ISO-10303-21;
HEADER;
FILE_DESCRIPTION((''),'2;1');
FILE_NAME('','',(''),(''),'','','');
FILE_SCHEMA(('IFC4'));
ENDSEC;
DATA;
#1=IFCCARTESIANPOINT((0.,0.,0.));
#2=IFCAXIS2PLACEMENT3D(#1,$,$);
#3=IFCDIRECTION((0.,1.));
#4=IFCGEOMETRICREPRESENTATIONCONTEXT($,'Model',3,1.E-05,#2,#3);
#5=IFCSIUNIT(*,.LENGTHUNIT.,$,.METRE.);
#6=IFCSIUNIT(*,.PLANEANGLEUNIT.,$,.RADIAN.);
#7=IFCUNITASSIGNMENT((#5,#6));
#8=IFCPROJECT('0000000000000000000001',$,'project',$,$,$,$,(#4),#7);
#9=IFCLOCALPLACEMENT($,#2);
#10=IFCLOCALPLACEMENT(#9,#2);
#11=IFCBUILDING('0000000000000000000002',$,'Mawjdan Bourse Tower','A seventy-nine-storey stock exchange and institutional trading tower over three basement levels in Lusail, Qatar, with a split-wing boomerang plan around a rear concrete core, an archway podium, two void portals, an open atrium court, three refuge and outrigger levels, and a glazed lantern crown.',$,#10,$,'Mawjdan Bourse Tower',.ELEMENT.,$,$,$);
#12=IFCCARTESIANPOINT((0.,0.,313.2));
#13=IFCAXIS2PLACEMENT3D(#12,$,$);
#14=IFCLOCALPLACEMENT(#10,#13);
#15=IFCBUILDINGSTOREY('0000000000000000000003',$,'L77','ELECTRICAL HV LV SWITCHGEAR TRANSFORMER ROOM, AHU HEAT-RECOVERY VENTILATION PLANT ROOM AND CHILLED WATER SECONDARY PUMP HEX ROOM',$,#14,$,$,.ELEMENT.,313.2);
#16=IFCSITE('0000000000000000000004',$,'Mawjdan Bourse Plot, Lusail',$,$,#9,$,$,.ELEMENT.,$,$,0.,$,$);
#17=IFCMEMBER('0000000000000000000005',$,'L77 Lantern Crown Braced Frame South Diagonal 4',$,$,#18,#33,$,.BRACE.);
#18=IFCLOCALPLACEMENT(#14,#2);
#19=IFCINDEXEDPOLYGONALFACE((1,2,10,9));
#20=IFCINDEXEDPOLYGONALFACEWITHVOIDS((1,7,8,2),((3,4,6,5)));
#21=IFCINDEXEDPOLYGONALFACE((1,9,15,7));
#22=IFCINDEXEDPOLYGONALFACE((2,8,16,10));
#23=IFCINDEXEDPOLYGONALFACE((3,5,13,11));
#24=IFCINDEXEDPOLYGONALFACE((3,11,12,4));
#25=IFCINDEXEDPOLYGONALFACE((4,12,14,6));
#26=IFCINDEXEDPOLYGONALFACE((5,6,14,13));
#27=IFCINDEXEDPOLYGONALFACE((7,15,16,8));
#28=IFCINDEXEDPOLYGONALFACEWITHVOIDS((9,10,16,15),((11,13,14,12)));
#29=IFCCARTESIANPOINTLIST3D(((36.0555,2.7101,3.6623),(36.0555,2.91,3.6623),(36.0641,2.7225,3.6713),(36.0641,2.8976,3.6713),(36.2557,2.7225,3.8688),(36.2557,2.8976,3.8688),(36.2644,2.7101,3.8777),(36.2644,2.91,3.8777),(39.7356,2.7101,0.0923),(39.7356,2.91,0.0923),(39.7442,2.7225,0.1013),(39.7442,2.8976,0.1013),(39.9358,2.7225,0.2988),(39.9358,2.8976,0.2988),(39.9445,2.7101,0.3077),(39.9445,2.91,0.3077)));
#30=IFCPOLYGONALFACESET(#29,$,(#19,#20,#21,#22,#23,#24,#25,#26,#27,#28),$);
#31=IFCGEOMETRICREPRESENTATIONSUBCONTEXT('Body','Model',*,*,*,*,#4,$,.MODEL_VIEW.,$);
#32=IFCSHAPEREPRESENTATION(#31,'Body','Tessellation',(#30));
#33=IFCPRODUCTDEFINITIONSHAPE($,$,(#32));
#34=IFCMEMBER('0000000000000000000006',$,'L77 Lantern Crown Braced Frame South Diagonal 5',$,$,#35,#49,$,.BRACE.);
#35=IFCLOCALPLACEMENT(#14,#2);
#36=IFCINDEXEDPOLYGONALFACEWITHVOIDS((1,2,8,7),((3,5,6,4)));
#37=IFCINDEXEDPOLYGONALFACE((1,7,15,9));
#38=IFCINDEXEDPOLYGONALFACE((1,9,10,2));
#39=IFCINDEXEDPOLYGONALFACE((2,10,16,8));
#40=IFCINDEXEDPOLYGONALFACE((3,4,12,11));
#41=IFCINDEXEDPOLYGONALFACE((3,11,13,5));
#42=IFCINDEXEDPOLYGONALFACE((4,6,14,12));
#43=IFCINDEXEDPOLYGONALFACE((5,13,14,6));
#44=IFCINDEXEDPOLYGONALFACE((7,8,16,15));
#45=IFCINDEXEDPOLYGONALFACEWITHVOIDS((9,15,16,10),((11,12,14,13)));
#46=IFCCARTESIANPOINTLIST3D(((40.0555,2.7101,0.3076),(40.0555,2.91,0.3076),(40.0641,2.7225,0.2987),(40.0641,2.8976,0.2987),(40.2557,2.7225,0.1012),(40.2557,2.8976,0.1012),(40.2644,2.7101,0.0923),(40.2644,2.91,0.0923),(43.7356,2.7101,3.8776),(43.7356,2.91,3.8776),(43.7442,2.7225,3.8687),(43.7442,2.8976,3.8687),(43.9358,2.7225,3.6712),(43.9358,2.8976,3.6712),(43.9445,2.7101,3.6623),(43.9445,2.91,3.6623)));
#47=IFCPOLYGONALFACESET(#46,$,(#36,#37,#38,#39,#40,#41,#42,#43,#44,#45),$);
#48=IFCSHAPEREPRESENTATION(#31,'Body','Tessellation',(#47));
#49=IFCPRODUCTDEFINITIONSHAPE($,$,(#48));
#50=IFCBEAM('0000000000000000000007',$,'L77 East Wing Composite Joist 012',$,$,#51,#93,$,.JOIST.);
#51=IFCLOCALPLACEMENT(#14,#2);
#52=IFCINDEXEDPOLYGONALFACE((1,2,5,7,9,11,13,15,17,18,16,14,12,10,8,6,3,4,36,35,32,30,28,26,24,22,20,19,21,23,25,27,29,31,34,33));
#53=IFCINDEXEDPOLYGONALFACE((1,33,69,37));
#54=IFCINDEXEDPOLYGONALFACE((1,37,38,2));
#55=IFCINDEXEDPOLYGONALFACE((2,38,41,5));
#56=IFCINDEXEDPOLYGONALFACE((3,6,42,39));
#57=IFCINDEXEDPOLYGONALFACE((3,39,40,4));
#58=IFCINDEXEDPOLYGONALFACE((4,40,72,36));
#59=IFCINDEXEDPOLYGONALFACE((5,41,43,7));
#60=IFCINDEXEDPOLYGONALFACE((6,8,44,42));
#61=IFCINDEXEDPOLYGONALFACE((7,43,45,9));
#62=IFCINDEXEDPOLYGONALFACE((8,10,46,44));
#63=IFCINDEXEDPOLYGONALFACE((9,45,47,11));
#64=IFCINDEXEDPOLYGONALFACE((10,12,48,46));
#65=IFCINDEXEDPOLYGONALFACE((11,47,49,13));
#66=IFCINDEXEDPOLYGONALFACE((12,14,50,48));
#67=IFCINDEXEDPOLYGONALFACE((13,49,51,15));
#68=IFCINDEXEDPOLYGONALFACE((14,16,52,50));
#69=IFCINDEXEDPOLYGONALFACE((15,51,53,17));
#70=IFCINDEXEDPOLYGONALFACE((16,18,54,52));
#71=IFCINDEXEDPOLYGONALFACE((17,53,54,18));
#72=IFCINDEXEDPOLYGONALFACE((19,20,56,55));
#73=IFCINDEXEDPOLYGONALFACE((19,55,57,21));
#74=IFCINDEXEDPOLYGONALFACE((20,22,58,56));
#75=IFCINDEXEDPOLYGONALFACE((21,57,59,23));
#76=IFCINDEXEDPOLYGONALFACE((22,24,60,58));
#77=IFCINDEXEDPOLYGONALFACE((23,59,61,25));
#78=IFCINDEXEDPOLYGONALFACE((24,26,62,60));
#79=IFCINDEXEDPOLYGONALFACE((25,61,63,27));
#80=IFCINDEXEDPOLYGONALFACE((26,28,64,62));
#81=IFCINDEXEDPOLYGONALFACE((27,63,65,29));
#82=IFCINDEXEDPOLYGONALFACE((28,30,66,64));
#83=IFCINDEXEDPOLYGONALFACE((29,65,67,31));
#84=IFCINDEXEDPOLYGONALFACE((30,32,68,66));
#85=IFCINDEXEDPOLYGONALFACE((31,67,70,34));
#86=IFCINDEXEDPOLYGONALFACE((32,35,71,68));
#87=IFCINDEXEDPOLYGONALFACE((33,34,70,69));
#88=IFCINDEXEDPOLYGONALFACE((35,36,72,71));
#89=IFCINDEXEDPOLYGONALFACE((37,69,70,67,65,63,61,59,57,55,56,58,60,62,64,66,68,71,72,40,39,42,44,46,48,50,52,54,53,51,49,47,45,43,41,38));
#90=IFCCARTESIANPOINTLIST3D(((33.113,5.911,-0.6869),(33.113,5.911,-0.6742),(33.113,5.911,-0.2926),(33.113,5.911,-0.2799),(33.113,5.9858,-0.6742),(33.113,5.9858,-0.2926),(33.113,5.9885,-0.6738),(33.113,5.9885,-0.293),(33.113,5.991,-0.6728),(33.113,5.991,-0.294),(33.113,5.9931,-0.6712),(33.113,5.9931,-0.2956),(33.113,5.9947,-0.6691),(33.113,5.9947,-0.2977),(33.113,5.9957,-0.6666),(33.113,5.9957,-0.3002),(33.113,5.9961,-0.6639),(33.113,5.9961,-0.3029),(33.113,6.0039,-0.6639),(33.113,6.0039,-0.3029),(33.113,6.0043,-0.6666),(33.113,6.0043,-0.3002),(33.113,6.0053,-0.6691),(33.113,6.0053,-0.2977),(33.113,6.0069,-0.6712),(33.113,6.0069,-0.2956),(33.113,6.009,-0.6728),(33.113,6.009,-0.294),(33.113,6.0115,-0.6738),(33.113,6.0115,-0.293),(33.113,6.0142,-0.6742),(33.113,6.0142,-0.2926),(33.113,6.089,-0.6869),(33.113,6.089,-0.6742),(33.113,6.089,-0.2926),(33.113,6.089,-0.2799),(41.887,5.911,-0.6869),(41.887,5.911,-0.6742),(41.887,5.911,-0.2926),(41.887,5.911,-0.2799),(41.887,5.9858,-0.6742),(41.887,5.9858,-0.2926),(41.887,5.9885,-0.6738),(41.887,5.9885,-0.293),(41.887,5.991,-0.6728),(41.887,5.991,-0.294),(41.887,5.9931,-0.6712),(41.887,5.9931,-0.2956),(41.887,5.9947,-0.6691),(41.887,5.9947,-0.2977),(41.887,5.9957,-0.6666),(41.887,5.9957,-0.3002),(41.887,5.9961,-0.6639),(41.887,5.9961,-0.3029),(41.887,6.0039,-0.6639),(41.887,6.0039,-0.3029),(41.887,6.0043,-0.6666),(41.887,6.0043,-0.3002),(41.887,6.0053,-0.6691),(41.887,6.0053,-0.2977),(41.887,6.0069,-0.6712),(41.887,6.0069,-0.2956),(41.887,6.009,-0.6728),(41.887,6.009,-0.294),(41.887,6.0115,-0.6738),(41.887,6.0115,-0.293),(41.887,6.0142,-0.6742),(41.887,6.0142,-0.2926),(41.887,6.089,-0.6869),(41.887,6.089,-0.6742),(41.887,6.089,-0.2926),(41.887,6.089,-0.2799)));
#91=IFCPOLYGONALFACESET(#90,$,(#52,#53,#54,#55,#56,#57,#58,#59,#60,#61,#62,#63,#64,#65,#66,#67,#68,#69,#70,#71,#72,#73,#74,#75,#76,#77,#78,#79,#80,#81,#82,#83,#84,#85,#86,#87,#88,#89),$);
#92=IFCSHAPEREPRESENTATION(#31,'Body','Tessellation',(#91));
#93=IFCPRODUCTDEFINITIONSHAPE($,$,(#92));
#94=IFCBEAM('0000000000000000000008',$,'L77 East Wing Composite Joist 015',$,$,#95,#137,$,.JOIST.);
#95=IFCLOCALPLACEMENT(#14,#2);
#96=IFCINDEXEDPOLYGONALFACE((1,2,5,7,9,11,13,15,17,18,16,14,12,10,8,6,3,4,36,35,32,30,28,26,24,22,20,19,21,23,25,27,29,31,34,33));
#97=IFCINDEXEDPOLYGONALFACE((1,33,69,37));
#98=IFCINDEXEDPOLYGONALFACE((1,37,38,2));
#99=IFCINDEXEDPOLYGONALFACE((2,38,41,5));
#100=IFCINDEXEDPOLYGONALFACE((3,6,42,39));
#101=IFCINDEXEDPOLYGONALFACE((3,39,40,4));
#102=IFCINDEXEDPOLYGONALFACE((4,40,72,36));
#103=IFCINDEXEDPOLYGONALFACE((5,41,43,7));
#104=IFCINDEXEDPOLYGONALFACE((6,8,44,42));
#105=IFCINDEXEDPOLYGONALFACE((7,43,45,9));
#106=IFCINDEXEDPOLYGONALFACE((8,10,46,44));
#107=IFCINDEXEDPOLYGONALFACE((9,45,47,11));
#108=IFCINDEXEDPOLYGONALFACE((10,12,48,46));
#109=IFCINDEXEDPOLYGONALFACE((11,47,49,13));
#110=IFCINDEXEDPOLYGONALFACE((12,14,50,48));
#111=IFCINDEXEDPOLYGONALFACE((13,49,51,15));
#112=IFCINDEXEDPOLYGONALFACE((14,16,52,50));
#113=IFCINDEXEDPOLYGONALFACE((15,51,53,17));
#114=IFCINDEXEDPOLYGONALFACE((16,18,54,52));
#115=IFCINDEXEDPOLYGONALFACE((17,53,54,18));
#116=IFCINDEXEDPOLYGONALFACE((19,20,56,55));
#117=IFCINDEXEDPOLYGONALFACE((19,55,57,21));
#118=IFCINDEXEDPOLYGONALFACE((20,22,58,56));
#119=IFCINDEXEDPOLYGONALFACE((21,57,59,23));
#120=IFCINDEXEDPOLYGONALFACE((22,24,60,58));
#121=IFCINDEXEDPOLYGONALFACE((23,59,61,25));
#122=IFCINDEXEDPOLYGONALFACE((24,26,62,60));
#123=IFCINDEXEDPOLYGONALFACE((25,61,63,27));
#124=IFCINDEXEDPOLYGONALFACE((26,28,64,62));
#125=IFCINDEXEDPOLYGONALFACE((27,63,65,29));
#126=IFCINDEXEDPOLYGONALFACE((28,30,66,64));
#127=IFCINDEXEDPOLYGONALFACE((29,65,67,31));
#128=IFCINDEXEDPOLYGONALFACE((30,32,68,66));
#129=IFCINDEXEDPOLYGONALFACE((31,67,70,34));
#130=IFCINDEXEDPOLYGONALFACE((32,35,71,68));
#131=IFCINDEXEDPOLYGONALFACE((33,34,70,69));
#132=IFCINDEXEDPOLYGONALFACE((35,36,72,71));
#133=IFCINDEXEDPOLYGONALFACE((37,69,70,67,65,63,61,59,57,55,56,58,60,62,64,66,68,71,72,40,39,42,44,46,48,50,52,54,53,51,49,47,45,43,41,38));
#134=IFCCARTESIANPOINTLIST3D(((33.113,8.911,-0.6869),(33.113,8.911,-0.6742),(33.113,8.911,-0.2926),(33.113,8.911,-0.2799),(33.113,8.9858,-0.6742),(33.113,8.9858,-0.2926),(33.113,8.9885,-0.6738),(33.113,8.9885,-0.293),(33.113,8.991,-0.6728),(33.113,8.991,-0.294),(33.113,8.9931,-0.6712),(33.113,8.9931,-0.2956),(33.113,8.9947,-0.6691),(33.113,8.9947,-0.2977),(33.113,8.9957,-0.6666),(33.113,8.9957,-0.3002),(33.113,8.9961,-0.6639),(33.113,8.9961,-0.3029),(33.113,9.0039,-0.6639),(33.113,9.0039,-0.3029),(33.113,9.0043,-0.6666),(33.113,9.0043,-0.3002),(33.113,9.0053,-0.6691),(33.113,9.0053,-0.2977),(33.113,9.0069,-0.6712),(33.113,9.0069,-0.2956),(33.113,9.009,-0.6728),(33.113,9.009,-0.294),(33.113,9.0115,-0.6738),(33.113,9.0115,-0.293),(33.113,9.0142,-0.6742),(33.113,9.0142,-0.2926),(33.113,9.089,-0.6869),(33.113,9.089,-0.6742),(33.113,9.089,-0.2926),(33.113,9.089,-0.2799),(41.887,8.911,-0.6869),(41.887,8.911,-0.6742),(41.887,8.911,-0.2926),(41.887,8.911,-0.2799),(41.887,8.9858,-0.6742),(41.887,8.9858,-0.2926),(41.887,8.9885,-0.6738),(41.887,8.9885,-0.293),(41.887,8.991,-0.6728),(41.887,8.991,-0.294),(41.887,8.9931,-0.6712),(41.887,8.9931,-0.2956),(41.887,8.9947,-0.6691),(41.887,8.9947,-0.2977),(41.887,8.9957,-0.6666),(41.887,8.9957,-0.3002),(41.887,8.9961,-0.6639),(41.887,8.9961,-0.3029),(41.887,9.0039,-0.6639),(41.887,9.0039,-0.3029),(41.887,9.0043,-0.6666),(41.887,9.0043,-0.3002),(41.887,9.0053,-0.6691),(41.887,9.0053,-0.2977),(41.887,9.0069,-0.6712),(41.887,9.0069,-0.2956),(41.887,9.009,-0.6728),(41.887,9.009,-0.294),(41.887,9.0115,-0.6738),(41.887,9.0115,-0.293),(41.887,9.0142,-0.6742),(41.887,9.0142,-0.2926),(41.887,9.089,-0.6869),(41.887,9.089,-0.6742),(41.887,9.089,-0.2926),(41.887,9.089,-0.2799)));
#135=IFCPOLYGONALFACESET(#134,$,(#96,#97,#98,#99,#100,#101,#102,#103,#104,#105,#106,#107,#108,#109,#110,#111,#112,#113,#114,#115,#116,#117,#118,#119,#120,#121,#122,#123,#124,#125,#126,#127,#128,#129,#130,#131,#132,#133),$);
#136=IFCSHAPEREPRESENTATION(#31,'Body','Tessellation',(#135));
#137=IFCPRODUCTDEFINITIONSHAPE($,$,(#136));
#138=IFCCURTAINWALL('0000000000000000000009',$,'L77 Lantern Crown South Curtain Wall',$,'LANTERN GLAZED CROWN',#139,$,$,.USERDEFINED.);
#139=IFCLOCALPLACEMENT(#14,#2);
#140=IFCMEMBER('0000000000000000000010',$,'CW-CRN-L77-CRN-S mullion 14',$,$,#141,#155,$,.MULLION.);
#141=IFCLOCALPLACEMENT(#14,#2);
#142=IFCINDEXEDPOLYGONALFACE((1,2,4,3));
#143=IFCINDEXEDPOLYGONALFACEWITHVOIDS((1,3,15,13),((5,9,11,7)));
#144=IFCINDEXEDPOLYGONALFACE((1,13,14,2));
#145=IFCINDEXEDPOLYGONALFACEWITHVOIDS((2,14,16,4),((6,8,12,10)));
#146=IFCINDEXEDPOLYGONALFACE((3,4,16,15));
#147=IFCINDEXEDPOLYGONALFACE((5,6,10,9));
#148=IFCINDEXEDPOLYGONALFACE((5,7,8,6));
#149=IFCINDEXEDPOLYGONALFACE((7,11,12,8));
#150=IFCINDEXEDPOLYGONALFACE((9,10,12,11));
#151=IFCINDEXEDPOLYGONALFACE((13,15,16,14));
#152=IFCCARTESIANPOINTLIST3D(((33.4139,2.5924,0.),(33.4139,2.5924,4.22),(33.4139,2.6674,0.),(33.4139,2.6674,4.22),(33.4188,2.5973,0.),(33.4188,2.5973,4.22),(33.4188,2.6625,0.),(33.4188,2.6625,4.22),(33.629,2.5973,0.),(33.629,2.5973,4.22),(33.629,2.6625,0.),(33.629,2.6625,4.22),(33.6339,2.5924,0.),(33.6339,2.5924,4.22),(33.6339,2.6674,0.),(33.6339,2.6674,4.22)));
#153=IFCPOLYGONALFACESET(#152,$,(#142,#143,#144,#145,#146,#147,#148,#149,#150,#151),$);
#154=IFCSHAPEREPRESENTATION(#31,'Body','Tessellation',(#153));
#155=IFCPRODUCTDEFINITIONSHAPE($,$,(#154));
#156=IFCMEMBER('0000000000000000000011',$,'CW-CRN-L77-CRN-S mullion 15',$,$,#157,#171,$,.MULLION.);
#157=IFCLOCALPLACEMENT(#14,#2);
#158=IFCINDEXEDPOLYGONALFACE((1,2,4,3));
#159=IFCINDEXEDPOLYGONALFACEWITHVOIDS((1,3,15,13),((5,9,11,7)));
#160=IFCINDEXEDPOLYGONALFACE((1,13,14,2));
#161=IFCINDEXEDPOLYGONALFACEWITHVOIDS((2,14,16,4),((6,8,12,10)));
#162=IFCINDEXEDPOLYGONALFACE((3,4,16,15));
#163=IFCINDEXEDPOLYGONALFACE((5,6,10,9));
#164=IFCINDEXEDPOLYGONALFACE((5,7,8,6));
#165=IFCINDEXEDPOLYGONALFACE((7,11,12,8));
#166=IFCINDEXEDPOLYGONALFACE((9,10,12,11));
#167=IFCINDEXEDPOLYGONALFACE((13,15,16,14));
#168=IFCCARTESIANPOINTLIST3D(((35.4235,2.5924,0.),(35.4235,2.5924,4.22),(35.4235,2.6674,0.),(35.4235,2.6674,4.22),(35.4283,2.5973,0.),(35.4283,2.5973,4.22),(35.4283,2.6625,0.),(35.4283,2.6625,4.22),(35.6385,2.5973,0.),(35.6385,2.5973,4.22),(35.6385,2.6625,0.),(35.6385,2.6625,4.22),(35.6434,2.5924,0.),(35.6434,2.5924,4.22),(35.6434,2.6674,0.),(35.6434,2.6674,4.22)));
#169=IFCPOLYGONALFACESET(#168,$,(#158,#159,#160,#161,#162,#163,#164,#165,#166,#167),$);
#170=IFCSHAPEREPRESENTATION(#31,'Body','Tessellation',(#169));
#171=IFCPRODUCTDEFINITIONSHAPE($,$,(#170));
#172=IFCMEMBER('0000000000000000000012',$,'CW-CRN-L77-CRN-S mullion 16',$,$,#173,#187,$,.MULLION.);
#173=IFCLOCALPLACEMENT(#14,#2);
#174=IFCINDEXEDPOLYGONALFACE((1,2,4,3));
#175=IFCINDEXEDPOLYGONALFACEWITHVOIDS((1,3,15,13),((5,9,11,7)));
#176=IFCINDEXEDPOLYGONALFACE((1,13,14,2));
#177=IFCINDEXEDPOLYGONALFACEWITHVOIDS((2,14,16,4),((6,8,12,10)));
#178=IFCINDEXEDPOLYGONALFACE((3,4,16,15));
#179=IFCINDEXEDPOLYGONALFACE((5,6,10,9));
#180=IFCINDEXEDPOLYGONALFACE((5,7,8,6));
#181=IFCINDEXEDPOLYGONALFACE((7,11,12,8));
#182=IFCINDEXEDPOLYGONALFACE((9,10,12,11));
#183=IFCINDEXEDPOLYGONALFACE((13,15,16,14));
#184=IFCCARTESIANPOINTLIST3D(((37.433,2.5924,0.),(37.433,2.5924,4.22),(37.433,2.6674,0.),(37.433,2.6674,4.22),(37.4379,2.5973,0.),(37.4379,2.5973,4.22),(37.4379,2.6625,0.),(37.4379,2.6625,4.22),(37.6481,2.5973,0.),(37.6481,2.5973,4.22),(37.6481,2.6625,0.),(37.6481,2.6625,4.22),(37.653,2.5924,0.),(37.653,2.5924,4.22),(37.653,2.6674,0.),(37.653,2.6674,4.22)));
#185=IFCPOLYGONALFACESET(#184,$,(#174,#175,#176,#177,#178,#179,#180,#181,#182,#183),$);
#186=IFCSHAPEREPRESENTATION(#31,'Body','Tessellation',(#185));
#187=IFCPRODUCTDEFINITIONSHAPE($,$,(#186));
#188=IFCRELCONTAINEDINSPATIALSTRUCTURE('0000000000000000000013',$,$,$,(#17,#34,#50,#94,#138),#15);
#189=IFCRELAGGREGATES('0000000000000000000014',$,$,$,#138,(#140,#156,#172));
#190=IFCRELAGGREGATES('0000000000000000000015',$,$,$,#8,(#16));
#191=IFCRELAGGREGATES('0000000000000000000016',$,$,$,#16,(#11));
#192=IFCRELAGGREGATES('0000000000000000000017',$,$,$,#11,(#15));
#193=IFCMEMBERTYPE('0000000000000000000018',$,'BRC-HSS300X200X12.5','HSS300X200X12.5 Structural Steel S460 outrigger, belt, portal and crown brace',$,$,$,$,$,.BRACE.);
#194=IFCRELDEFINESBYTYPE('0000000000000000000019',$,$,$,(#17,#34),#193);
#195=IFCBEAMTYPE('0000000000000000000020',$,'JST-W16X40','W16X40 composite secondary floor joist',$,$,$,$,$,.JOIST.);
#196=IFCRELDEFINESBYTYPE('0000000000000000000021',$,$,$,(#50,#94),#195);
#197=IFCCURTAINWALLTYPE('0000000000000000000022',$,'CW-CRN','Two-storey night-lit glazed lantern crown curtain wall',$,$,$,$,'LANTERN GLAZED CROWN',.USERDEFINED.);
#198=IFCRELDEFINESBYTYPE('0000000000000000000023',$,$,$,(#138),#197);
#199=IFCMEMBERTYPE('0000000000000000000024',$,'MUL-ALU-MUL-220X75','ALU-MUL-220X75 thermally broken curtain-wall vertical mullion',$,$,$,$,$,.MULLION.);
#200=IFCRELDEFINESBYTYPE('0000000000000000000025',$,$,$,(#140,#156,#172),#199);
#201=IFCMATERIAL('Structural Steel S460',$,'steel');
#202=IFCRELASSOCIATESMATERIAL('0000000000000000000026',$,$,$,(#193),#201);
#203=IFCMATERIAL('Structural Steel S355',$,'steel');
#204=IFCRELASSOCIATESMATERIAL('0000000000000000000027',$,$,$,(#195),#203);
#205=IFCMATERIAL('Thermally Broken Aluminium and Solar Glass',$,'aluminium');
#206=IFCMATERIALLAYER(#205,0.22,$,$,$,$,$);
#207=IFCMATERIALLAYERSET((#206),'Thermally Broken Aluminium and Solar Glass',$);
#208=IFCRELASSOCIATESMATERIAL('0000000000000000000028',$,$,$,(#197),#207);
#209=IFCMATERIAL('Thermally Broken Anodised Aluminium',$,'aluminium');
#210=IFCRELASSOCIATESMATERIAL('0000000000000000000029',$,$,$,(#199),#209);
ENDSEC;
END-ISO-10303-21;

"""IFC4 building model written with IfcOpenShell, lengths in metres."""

from ifc_helpers import new_model, si_unit, direction, frame, origin, origin_2d, place, context, subcontext, project, spatial, hollow_rectangle, i_section, extrude, material, layer, layer_set, material_profile, profile_set, type_object, element, aggregate, save


model = new_model("IFC4")

# Units and contexts
model_context = context("Model", 3, precision=1e-05, world=origin(), true_north=direction((0.0, 1.0)))
body_context = subcontext(model_context, "Body", "Model", "MODEL_VIEW")
ifc_project = project(units=[si_unit("LENGTHUNIT", "METRE"), si_unit("PLANEANGLEUNIT", "RADIAN")], contexts=[model_context])

# Site, building, storey
site_placement = place(None, origin())
site = spatial("IfcSite", under=ifc_project, at=site_placement, Name="Mawjdan Bourse Plot, Lusail", CompositionType="ELEMENT", RefElevation=0.0)
building_placement = place(site_placement, origin())
building = spatial("IfcBuilding", under=site, at=building_placement, Name="Mawjdan Bourse Tower", Description="A seventy-nine-storey stock exchange and institutional trading tower over three basement levels in Lusail, Qatar, with a split-wing boomerang plan around a rear concrete core, an archway podium, two void portals, an open atrium court, three refuge and outrigger levels, and a glazed lantern crown.", LongName="Mawjdan Bourse Tower", CompositionType="ELEMENT")
storey_placement = place(building_placement, frame((0.0, 0.0, 313.2)))
storey = spatial("IfcBuildingStorey", under=building, at=storey_placement, Name="L77", Description="ELECTRICAL HV LV SWITCHGEAR TRANSFORMER ROOM, AHU HEAT-RECOVERY VENTILATION PLANT ROOM AND CHILLED WATER SECONDARY PUMP HEX ROOM", CompositionType="ELEMENT", Elevation=313.2)

# Members
ifc_material_1 = material(Name="Structural Steel S460", Category="steel")
ifc_material_profile_1 = material_profile(ifc_material_1, hollow_rectangle(XDim=0.2, YDim=0.3, WallThickness=0.0125, at=origin_2d()), Name="HSS300X200X12.5")
ifc_profile_set_1 = profile_set([ifc_material_profile_1], Name="Structural Steel S460")
member_type_1 = type_object("IfcMemberType", Name="BRC-HSS300X200X12.5", Description="HSS300X200X12.5 Structural Steel S460 outrigger, belt, portal and crown brace", PredefinedType="BRACE", material=ifc_profile_set_1)
for number, where, z_axis, x_axis, name in (
    (1, (36.1599, 2.8101, 3.77), (0.717763, 0.0, -0.696288), (0.0, 1.0, 0.0), "L77 Lantern Crown Braced Frame South Diagonal 4"),
    (2, (40.1599, 2.8101, 0.2), (0.717763, 0.0, 0.696288), (0.0, 1.0, 0.0), "L77 Lantern Crown Braced Frame South Diagonal 5"),
):
    element("IfcMember", number, at=place(storey_placement, frame(where, z_axis=z_axis, x_axis=x_axis)), inside=storey, type_object=member_type_1, Name=name, PredefinedType="BRACE", context=body_context, shape_type="SweptSolid", body=[
        extrude(hollow_rectangle(XDim=0.2, YDim=0.3, WallThickness=0.0125, at=origin_2d()), origin(), (0.0, 0.0, 1.0), 5.1272),
    ])

# Beams
ifc_material_2 = material(Name="Structural Steel S355", Category="steel")
ifc_material_profile_2 = material_profile(ifc_material_2, i_section(OverallWidth=0.178, OverallDepth=0.407, WebThickness=0.0078, FlangeThickness=0.0127, FilletRadius=0.0103, at=origin_2d()), Name="W16X40")
ifc_profile_set_2 = profile_set([ifc_material_profile_2], Name="Structural Steel S355")
beam_type_1 = type_object("IfcBeamType", Name="JST-W16X40", Description="W16X40 composite secondary floor joist", PredefinedType="JOIST", material=ifc_profile_set_2)
for number, where, z_axis, x_axis, name in (
    (3, (33.113, 6.0, -0.4834), (1.0, 0.0, 0.0), (0.0, 1.0, 0.0), "L77 East Wing Composite Joist 012"),
    (4, (33.113, 9.0, -0.4834), (1.0, 0.0, 0.0), (0.0, 1.0, 0.0), "L77 East Wing Composite Joist 015"),
):
    element("IfcBeam", number, at=place(storey_placement, frame(where, z_axis=z_axis, x_axis=x_axis)), inside=storey, type_object=beam_type_1, Name=name, PredefinedType="JOIST", context=body_context, shape_type="SweptSolid", body=[
        extrude(i_section(OverallWidth=0.178, OverallDepth=0.407, WebThickness=0.0078, FlangeThickness=0.0127, FilletRadius=0.0103, at=origin_2d()), origin(), (0.0, 0.0, 1.0), 8.7739),
    ])

# Curtain wall, members
ifc_material_3 = material(Name="Thermally Broken Aluminium and Solar Glass", Category="aluminium")
ifc_layer_1 = layer(ifc_material_3, 0.22)
ifc_layer_set_1 = layer_set([ifc_layer_1], Name="Thermally Broken Aluminium and Solar Glass")
curtain_wall_type = type_object("IfcCurtainWallType", Name="CW-CRN", Description="Two-storey night-lit glazed lantern crown curtain wall", ElementType="LANTERN GLAZED CROWN", PredefinedType="USERDEFINED", material=ifc_layer_set_1)
curtain_wall_placement = place(storey_placement, origin())
curtain_wall = element("IfcCurtainWall", 5, at=curtain_wall_placement, inside=storey, type_object=curtain_wall_type, Name="L77 Lantern Crown South Curtain Wall", ObjectType="LANTERN GLAZED CROWN", PredefinedType="USERDEFINED")
ifc_material_4 = material(Name="Thermally Broken Anodised Aluminium", Category="aluminium")
ifc_material_profile_3 = material_profile(ifc_material_4, hollow_rectangle(XDim=0.075, YDim=0.22, WallThickness=0.0049, at=origin_2d()), Name="ALU-MUL-220X75")
ifc_profile_set_3 = profile_set([ifc_material_profile_3], Name="Thermally Broken Anodised Aluminium")
member_type_2 = type_object("IfcMemberType", Name="MUL-ALU-MUL-220X75", Description="ALU-MUL-220X75 thermally broken curtain-wall vertical mullion", PredefinedType="MULLION", material=ifc_profile_set_3)
member_1_placement = place(storey_placement, frame((33.5239, 2.6299, 0.0), z_axis=(0.0, 0.0, 1.0), x_axis=(0.0, 1.0, 0.0)))
member_1 = element("IfcMember", 6, at=member_1_placement, type_object=member_type_2, Name="CW-CRN-L77-CRN-S mullion 14", PredefinedType="MULLION", context=body_context, shape_type="SweptSolid", body=[
    extrude(hollow_rectangle(XDim=0.075, YDim=0.22, WallThickness=0.0049, at=origin_2d()), origin(), (0.0, 0.0, 1.0), 4.22),
])
member_2_placement = place(storey_placement, frame((35.5334, 2.6299, 0.0), z_axis=(0.0, 0.0, 1.0), x_axis=(0.0, 1.0, 0.0)))
member_2 = element("IfcMember", 7, at=member_2_placement, type_object=member_type_2, Name="CW-CRN-L77-CRN-S mullion 15", PredefinedType="MULLION", context=body_context, shape_type="SweptSolid", body=[
    extrude(hollow_rectangle(XDim=0.075, YDim=0.22, WallThickness=0.0049, at=origin_2d()), origin(), (0.0, 0.0, 1.0), 4.22),
])
member_3_placement = place(storey_placement, frame((37.543, 2.6299, 0.0), z_axis=(0.0, 0.0, 1.0), x_axis=(0.0, 1.0, 0.0)))
member_3 = element("IfcMember", 8, at=member_3_placement, type_object=member_type_2, Name="CW-CRN-L77-CRN-S mullion 16", PredefinedType="MULLION", context=body_context, shape_type="SweptSolid", body=[
    extrude(hollow_rectangle(XDim=0.075, YDim=0.22, WallThickness=0.0049, at=origin_2d()), origin(), (0.0, 0.0, 1.0), 4.22),
])

aggregate(curtain_wall, [member_1, member_2, member_3])

save(model, "model.ifc")
